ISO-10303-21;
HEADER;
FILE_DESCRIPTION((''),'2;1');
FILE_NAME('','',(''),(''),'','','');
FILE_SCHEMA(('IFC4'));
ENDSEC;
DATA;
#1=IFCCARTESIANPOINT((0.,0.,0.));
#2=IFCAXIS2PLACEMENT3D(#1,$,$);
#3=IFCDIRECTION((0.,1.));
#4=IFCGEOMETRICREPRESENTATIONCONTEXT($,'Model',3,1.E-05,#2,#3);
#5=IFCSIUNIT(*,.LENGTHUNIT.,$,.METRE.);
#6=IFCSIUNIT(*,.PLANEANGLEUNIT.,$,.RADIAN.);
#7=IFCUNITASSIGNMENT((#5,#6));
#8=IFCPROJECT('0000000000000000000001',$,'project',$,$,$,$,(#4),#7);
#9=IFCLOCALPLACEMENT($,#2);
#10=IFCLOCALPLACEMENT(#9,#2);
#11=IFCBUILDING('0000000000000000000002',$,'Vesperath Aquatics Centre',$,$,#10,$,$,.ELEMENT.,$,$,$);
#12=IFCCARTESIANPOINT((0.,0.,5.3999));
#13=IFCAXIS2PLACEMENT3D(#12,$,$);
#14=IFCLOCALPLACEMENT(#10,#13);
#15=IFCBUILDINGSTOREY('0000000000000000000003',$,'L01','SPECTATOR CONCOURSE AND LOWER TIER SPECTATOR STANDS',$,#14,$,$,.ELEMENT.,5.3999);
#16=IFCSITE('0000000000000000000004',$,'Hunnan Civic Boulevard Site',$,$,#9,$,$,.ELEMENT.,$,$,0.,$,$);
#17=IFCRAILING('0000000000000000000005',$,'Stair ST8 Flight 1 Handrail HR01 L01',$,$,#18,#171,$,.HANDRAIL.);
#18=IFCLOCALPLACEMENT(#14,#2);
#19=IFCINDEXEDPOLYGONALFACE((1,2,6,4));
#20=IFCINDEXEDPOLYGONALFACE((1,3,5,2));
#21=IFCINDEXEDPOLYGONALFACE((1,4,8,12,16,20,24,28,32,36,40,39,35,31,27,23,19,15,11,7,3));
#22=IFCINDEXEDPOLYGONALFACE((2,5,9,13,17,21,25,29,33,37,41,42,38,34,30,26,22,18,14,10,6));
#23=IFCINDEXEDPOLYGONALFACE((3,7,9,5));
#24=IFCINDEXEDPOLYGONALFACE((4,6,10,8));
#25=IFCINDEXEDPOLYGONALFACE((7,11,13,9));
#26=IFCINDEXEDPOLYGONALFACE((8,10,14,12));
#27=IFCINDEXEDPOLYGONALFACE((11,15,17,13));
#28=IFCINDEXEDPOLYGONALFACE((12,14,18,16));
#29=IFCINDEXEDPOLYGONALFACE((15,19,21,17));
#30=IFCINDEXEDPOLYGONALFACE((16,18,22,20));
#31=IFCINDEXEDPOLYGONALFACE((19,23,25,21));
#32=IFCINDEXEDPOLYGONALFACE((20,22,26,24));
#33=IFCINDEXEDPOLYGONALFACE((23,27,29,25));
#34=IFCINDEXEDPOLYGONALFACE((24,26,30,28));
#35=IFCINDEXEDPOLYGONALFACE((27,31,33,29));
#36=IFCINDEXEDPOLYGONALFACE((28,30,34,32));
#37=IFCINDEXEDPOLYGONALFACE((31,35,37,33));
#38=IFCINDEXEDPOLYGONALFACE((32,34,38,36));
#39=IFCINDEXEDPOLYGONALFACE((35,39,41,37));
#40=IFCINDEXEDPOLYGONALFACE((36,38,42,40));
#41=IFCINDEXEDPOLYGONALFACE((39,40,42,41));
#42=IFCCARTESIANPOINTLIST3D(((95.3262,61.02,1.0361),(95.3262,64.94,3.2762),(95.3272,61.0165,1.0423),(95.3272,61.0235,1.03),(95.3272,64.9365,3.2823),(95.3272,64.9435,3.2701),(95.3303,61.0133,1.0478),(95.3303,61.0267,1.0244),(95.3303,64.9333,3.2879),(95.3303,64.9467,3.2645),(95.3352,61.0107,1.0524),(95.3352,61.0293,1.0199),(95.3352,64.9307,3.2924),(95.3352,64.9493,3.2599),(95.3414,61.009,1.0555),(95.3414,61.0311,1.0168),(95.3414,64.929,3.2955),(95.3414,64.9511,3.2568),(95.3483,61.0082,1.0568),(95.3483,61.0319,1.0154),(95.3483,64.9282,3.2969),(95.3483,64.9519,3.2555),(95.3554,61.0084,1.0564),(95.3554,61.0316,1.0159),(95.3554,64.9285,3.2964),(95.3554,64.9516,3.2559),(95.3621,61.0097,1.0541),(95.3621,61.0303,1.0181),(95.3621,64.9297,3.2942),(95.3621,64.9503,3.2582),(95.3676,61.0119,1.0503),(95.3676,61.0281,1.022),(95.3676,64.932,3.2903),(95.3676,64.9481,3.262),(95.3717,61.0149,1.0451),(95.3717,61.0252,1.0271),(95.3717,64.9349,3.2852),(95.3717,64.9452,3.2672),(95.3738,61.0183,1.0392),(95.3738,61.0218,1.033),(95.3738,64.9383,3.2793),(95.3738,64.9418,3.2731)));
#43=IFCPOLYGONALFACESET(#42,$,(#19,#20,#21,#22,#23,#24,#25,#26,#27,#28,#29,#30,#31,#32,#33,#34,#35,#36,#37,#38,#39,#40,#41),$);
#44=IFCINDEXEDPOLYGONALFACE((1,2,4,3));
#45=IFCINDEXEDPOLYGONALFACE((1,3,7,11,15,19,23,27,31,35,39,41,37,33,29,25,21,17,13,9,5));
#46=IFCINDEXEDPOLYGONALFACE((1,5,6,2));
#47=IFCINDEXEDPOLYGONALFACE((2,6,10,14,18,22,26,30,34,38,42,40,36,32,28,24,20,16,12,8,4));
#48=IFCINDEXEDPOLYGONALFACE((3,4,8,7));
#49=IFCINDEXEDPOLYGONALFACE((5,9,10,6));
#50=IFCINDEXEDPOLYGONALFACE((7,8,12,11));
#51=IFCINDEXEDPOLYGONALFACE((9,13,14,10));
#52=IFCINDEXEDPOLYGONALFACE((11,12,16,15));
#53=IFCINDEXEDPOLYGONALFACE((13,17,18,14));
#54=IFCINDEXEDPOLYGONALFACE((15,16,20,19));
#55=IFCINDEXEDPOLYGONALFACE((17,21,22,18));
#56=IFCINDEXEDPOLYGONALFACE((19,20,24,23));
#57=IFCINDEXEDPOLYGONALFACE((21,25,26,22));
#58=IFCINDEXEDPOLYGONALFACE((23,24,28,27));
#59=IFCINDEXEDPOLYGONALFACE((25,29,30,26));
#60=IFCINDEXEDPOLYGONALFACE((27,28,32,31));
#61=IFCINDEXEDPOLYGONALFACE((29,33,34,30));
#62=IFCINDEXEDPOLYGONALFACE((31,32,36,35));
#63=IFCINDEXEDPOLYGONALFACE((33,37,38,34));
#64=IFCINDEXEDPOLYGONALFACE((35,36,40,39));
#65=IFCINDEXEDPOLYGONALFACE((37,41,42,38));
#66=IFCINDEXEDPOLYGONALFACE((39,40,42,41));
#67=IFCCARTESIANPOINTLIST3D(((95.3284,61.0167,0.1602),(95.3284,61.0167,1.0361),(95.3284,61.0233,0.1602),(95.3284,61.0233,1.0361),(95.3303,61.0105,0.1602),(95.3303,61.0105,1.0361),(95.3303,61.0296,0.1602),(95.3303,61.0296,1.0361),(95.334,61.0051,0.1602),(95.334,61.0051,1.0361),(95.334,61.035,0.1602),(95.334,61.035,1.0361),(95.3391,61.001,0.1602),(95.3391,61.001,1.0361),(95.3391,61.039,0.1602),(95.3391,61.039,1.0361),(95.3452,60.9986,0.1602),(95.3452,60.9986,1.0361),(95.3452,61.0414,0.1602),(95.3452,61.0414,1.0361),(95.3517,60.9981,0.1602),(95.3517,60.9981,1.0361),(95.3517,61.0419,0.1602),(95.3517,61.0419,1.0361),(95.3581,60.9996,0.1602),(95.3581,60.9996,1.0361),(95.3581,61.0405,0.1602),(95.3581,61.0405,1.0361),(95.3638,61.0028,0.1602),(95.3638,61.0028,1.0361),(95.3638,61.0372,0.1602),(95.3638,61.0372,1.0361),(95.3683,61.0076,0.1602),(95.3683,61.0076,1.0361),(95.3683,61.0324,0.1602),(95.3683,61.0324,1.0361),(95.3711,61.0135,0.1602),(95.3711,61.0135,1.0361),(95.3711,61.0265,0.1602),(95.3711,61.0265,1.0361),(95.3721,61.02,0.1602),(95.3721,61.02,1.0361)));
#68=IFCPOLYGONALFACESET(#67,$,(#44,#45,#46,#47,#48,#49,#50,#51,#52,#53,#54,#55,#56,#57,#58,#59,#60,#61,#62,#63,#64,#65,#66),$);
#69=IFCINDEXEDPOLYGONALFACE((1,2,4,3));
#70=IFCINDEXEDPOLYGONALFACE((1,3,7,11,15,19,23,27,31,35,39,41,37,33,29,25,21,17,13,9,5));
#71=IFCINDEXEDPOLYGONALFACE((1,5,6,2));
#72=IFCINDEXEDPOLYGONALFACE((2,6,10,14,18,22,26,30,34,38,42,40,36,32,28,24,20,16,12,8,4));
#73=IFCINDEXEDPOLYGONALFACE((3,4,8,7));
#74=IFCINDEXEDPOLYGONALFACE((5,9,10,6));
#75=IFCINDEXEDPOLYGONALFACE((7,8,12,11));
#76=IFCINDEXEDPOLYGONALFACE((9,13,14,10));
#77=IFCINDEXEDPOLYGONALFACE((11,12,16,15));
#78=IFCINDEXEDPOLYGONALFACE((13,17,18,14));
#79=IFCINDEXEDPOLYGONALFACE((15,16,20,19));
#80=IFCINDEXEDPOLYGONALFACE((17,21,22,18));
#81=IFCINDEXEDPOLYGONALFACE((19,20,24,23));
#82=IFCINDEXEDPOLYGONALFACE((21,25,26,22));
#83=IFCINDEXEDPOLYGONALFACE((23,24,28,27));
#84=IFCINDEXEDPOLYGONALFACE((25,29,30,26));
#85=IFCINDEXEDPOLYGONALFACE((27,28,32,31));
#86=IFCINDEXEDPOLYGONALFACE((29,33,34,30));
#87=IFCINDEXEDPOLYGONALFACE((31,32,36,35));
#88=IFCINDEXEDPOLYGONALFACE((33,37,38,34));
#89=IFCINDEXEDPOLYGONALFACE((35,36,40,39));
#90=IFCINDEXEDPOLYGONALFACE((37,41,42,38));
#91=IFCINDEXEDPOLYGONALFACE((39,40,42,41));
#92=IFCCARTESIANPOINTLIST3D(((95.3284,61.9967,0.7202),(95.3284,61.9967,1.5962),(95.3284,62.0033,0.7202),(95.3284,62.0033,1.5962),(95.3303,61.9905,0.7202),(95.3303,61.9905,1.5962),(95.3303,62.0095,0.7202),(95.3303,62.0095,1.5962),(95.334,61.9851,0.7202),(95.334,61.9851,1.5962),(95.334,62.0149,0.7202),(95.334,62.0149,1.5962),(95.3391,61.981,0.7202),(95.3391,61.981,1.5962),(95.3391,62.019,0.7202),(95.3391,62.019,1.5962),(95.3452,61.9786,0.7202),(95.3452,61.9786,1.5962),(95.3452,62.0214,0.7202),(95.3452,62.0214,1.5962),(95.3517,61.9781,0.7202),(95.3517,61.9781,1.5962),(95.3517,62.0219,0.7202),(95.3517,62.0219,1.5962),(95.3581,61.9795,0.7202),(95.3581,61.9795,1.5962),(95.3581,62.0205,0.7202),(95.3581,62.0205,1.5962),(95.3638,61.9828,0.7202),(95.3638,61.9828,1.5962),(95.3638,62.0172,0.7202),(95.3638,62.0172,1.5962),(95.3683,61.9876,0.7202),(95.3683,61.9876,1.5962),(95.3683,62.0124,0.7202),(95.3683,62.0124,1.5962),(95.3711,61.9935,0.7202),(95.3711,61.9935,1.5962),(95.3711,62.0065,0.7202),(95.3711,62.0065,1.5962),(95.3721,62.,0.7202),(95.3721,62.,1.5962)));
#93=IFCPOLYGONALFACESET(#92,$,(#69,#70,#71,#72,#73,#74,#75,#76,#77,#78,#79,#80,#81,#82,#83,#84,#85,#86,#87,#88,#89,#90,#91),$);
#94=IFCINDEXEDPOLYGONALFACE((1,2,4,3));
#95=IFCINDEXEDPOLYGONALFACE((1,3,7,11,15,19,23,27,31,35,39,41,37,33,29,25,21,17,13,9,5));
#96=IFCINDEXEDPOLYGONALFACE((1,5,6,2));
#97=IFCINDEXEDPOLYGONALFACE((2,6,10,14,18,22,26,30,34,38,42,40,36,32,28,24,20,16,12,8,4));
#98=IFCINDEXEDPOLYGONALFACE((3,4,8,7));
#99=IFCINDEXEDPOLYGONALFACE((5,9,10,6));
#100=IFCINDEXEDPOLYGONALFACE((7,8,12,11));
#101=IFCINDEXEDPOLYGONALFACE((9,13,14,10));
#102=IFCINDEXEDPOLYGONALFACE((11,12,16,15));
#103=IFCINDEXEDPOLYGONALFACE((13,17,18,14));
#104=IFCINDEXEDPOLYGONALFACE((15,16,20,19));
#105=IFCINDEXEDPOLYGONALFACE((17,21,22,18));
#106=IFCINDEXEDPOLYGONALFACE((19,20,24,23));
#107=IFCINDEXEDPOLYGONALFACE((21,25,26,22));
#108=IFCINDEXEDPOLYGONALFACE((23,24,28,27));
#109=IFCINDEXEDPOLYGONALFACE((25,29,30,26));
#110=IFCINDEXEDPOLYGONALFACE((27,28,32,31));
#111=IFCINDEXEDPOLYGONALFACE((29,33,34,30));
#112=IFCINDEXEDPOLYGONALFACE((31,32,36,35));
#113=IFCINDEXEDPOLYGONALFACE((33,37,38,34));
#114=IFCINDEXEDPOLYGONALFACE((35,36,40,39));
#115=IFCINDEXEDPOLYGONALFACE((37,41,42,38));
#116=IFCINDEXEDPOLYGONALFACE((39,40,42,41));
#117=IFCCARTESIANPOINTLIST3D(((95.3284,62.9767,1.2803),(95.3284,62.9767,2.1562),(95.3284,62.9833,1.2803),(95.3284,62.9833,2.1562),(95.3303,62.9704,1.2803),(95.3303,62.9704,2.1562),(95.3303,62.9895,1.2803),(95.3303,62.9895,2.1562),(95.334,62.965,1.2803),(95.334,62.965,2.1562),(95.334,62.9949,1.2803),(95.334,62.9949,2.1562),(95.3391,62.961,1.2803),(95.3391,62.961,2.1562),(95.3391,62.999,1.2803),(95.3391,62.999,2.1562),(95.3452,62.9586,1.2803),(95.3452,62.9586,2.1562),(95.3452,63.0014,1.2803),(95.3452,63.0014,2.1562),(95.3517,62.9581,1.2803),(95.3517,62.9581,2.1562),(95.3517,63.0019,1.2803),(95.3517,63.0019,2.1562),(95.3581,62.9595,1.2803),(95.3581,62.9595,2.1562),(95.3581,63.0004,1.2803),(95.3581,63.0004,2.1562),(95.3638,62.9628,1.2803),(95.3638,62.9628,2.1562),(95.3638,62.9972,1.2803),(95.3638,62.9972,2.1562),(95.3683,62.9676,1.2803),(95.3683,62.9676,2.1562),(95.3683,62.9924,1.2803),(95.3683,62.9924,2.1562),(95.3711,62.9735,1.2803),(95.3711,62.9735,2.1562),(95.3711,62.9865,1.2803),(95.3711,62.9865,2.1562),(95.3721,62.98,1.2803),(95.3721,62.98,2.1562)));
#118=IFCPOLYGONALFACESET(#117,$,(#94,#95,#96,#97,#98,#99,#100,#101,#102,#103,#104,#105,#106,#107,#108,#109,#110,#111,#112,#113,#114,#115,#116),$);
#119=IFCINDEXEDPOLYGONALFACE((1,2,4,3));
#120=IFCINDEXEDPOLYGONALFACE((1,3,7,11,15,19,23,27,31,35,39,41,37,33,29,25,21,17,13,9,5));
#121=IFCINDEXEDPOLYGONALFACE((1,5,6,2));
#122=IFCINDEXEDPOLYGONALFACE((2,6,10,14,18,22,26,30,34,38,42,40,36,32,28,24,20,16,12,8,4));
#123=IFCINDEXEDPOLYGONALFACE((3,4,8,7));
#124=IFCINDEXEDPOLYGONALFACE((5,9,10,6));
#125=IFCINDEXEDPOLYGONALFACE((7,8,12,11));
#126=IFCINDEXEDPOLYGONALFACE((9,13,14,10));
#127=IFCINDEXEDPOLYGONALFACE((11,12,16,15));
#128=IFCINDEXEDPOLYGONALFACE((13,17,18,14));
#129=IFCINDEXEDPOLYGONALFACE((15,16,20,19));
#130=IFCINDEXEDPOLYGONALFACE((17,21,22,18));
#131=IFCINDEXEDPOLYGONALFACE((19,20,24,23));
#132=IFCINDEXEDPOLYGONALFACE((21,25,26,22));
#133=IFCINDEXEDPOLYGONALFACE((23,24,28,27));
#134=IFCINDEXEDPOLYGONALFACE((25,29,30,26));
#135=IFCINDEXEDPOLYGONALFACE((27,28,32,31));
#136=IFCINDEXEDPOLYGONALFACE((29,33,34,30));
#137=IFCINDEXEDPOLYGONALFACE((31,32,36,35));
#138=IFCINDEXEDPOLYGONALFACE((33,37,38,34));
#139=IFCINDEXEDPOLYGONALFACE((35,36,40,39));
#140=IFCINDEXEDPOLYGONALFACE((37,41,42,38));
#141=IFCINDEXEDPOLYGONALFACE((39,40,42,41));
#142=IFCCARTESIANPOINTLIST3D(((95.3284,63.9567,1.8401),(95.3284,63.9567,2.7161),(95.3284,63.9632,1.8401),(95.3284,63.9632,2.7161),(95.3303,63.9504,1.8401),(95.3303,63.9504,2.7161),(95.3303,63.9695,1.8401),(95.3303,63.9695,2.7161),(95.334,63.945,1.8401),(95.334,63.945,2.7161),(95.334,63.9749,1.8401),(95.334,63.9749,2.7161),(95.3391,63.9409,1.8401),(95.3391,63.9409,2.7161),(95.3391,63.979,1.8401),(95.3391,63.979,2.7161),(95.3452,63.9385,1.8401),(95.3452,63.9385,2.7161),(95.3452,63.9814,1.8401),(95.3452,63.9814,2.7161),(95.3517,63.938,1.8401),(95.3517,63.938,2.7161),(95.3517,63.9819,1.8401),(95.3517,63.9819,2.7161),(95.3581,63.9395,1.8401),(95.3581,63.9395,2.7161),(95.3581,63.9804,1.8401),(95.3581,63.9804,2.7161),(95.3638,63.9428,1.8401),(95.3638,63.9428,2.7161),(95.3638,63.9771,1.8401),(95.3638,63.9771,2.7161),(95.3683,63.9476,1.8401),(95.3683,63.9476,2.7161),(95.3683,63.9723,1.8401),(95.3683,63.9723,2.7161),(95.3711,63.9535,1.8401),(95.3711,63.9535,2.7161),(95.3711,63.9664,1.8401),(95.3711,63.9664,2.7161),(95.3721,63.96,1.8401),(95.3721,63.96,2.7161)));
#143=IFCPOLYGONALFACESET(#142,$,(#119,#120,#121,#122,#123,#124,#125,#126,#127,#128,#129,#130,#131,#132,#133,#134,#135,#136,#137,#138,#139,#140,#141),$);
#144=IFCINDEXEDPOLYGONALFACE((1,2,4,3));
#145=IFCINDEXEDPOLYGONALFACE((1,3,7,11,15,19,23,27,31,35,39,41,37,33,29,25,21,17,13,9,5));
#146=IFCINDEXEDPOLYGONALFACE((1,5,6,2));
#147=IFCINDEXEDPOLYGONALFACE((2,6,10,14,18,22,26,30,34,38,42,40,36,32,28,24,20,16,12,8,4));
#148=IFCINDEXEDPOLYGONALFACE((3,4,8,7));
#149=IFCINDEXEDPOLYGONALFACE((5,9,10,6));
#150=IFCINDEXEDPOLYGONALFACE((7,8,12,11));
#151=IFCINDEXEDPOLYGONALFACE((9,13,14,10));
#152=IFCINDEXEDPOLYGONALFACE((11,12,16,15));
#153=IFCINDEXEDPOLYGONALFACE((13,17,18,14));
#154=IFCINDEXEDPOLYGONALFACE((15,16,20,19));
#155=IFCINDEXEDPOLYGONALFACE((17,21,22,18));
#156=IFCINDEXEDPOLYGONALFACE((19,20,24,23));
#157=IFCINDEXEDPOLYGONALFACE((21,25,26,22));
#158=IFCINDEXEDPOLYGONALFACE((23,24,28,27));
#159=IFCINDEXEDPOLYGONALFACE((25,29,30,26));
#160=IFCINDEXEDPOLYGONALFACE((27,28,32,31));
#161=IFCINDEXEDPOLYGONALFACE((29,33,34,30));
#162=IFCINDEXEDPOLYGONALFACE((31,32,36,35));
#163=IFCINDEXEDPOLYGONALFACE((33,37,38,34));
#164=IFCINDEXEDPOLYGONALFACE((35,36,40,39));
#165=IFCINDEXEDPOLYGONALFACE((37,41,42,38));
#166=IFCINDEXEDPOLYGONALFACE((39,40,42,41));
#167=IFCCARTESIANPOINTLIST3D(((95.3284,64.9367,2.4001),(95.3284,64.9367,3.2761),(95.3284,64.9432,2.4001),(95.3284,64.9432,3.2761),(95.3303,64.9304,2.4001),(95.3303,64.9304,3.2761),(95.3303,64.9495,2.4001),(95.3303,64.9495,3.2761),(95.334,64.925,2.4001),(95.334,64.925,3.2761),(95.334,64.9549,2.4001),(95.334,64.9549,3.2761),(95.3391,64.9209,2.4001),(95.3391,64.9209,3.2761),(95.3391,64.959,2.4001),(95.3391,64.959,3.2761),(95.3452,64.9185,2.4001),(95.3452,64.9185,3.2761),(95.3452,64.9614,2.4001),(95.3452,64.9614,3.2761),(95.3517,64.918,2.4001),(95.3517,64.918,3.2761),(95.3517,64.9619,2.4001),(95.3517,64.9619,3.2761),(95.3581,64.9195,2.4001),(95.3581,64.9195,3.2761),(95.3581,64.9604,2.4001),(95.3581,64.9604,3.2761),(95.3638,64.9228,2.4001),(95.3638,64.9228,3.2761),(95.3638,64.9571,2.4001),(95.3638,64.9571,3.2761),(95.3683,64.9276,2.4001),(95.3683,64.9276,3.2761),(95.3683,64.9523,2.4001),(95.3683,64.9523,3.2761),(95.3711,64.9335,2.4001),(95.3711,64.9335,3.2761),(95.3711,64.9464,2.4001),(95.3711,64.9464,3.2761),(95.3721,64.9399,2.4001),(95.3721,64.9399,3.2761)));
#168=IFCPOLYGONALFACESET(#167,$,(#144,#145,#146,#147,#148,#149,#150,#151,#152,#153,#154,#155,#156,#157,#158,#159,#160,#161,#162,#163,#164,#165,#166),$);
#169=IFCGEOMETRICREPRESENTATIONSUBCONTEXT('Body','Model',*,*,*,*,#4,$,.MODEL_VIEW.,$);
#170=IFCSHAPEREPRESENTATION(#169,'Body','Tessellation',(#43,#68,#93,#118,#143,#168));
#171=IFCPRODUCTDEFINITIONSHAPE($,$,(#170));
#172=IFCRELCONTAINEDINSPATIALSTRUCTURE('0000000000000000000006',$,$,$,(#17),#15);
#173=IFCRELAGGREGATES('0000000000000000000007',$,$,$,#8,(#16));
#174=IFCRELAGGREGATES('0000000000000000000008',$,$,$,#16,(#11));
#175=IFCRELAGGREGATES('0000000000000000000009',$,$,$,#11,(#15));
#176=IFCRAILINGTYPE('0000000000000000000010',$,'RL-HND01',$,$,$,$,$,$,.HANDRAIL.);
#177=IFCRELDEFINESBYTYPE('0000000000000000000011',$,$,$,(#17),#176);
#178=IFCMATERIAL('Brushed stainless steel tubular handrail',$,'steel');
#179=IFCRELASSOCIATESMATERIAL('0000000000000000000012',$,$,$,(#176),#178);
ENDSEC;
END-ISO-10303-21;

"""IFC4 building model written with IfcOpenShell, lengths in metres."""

from ifc_helpers import new_model, si_unit, direction, frame, origin, origin_2d, place, context, subcontext, project, spatial, circle, extrude, material, type_object, element, save


model = new_model("IFC4")

# Units and contexts
model_context = context("Model", 3, precision=1e-05, world=origin(), true_north=direction((0.0, 1.0)))
body_context = subcontext(model_context, "Body", "Model", "MODEL_VIEW")
ifc_project = project(units=[si_unit("LENGTHUNIT", "METRE"), si_unit("PLANEANGLEUNIT", "RADIAN")], contexts=[model_context])

# Site, building, storey
site_placement = place(None, origin())
site = spatial("IfcSite", under=ifc_project, at=site_placement, Name="Hunnan Civic Boulevard Site", CompositionType="ELEMENT", RefElevation=0.0)
building_placement = place(site_placement, origin())
building = spatial("IfcBuilding", under=site, at=building_placement, Name="Vesperath Aquatics Centre", CompositionType="ELEMENT")
storey_placement = place(building_placement, frame((0.0, 0.0, 5.3999)))
storey = spatial("IfcBuildingStorey", under=building, at=storey_placement, Name="L01", Description="SPECTATOR CONCOURSE AND LOWER TIER SPECTATOR STANDS", CompositionType="ELEMENT", Elevation=5.3999)

# Railing
ifc_material_1 = material(Name="Brushed stainless steel tubular handrail", Category="steel")
railing_type_1 = type_object("IfcRailingType", Name="RL-HND01", PredefinedType="HANDRAIL", material=ifc_material_1)
railing_1_placement = place(storey_placement, frame((95.3501, 61.02, 0.1602)))
element("IfcRailing", 1, at=railing_1_placement, inside=storey, type_object=railing_type_1, Name="Stair ST8 Flight 1 Handrail HR01 L01", PredefinedType="HANDRAIL", context=body_context, shape_type="SweptSolid", body=[
    extrude(circle(Radius=0.0239, at=origin_2d()), frame((0.0, 0.0, 0.876), z_axis=(0.0, 0.86824, 0.496145), x_axis=(-1.0, 0.0, 0.0)), (0.0, 0.0, 1.0), 4.5149),
    extrude(circle(Radius=0.022, at=origin_2d()), origin(), (0.0, 0.0, 1.0), 0.876),
    extrude(circle(Radius=0.022, at=origin_2d()), frame((0.0, 0.98, 0.5601)), (0.0, 0.0, 1.0), 0.876),
    extrude(circle(Radius=0.022, at=origin_2d()), frame((0.0, 1.96, 1.1201)), (0.0, 0.0, 1.0), 0.876),
    extrude(circle(Radius=0.022, at=origin_2d()), frame((0.0, 2.9399, 1.6799)), (0.0, 0.0, 1.0), 0.876),
    extrude(circle(Radius=0.022, at=origin_2d()), frame((0.0, 3.9199, 2.24)), (0.0, 0.0, 1.0), 0.876),
])

save(model, "model.ifc")
